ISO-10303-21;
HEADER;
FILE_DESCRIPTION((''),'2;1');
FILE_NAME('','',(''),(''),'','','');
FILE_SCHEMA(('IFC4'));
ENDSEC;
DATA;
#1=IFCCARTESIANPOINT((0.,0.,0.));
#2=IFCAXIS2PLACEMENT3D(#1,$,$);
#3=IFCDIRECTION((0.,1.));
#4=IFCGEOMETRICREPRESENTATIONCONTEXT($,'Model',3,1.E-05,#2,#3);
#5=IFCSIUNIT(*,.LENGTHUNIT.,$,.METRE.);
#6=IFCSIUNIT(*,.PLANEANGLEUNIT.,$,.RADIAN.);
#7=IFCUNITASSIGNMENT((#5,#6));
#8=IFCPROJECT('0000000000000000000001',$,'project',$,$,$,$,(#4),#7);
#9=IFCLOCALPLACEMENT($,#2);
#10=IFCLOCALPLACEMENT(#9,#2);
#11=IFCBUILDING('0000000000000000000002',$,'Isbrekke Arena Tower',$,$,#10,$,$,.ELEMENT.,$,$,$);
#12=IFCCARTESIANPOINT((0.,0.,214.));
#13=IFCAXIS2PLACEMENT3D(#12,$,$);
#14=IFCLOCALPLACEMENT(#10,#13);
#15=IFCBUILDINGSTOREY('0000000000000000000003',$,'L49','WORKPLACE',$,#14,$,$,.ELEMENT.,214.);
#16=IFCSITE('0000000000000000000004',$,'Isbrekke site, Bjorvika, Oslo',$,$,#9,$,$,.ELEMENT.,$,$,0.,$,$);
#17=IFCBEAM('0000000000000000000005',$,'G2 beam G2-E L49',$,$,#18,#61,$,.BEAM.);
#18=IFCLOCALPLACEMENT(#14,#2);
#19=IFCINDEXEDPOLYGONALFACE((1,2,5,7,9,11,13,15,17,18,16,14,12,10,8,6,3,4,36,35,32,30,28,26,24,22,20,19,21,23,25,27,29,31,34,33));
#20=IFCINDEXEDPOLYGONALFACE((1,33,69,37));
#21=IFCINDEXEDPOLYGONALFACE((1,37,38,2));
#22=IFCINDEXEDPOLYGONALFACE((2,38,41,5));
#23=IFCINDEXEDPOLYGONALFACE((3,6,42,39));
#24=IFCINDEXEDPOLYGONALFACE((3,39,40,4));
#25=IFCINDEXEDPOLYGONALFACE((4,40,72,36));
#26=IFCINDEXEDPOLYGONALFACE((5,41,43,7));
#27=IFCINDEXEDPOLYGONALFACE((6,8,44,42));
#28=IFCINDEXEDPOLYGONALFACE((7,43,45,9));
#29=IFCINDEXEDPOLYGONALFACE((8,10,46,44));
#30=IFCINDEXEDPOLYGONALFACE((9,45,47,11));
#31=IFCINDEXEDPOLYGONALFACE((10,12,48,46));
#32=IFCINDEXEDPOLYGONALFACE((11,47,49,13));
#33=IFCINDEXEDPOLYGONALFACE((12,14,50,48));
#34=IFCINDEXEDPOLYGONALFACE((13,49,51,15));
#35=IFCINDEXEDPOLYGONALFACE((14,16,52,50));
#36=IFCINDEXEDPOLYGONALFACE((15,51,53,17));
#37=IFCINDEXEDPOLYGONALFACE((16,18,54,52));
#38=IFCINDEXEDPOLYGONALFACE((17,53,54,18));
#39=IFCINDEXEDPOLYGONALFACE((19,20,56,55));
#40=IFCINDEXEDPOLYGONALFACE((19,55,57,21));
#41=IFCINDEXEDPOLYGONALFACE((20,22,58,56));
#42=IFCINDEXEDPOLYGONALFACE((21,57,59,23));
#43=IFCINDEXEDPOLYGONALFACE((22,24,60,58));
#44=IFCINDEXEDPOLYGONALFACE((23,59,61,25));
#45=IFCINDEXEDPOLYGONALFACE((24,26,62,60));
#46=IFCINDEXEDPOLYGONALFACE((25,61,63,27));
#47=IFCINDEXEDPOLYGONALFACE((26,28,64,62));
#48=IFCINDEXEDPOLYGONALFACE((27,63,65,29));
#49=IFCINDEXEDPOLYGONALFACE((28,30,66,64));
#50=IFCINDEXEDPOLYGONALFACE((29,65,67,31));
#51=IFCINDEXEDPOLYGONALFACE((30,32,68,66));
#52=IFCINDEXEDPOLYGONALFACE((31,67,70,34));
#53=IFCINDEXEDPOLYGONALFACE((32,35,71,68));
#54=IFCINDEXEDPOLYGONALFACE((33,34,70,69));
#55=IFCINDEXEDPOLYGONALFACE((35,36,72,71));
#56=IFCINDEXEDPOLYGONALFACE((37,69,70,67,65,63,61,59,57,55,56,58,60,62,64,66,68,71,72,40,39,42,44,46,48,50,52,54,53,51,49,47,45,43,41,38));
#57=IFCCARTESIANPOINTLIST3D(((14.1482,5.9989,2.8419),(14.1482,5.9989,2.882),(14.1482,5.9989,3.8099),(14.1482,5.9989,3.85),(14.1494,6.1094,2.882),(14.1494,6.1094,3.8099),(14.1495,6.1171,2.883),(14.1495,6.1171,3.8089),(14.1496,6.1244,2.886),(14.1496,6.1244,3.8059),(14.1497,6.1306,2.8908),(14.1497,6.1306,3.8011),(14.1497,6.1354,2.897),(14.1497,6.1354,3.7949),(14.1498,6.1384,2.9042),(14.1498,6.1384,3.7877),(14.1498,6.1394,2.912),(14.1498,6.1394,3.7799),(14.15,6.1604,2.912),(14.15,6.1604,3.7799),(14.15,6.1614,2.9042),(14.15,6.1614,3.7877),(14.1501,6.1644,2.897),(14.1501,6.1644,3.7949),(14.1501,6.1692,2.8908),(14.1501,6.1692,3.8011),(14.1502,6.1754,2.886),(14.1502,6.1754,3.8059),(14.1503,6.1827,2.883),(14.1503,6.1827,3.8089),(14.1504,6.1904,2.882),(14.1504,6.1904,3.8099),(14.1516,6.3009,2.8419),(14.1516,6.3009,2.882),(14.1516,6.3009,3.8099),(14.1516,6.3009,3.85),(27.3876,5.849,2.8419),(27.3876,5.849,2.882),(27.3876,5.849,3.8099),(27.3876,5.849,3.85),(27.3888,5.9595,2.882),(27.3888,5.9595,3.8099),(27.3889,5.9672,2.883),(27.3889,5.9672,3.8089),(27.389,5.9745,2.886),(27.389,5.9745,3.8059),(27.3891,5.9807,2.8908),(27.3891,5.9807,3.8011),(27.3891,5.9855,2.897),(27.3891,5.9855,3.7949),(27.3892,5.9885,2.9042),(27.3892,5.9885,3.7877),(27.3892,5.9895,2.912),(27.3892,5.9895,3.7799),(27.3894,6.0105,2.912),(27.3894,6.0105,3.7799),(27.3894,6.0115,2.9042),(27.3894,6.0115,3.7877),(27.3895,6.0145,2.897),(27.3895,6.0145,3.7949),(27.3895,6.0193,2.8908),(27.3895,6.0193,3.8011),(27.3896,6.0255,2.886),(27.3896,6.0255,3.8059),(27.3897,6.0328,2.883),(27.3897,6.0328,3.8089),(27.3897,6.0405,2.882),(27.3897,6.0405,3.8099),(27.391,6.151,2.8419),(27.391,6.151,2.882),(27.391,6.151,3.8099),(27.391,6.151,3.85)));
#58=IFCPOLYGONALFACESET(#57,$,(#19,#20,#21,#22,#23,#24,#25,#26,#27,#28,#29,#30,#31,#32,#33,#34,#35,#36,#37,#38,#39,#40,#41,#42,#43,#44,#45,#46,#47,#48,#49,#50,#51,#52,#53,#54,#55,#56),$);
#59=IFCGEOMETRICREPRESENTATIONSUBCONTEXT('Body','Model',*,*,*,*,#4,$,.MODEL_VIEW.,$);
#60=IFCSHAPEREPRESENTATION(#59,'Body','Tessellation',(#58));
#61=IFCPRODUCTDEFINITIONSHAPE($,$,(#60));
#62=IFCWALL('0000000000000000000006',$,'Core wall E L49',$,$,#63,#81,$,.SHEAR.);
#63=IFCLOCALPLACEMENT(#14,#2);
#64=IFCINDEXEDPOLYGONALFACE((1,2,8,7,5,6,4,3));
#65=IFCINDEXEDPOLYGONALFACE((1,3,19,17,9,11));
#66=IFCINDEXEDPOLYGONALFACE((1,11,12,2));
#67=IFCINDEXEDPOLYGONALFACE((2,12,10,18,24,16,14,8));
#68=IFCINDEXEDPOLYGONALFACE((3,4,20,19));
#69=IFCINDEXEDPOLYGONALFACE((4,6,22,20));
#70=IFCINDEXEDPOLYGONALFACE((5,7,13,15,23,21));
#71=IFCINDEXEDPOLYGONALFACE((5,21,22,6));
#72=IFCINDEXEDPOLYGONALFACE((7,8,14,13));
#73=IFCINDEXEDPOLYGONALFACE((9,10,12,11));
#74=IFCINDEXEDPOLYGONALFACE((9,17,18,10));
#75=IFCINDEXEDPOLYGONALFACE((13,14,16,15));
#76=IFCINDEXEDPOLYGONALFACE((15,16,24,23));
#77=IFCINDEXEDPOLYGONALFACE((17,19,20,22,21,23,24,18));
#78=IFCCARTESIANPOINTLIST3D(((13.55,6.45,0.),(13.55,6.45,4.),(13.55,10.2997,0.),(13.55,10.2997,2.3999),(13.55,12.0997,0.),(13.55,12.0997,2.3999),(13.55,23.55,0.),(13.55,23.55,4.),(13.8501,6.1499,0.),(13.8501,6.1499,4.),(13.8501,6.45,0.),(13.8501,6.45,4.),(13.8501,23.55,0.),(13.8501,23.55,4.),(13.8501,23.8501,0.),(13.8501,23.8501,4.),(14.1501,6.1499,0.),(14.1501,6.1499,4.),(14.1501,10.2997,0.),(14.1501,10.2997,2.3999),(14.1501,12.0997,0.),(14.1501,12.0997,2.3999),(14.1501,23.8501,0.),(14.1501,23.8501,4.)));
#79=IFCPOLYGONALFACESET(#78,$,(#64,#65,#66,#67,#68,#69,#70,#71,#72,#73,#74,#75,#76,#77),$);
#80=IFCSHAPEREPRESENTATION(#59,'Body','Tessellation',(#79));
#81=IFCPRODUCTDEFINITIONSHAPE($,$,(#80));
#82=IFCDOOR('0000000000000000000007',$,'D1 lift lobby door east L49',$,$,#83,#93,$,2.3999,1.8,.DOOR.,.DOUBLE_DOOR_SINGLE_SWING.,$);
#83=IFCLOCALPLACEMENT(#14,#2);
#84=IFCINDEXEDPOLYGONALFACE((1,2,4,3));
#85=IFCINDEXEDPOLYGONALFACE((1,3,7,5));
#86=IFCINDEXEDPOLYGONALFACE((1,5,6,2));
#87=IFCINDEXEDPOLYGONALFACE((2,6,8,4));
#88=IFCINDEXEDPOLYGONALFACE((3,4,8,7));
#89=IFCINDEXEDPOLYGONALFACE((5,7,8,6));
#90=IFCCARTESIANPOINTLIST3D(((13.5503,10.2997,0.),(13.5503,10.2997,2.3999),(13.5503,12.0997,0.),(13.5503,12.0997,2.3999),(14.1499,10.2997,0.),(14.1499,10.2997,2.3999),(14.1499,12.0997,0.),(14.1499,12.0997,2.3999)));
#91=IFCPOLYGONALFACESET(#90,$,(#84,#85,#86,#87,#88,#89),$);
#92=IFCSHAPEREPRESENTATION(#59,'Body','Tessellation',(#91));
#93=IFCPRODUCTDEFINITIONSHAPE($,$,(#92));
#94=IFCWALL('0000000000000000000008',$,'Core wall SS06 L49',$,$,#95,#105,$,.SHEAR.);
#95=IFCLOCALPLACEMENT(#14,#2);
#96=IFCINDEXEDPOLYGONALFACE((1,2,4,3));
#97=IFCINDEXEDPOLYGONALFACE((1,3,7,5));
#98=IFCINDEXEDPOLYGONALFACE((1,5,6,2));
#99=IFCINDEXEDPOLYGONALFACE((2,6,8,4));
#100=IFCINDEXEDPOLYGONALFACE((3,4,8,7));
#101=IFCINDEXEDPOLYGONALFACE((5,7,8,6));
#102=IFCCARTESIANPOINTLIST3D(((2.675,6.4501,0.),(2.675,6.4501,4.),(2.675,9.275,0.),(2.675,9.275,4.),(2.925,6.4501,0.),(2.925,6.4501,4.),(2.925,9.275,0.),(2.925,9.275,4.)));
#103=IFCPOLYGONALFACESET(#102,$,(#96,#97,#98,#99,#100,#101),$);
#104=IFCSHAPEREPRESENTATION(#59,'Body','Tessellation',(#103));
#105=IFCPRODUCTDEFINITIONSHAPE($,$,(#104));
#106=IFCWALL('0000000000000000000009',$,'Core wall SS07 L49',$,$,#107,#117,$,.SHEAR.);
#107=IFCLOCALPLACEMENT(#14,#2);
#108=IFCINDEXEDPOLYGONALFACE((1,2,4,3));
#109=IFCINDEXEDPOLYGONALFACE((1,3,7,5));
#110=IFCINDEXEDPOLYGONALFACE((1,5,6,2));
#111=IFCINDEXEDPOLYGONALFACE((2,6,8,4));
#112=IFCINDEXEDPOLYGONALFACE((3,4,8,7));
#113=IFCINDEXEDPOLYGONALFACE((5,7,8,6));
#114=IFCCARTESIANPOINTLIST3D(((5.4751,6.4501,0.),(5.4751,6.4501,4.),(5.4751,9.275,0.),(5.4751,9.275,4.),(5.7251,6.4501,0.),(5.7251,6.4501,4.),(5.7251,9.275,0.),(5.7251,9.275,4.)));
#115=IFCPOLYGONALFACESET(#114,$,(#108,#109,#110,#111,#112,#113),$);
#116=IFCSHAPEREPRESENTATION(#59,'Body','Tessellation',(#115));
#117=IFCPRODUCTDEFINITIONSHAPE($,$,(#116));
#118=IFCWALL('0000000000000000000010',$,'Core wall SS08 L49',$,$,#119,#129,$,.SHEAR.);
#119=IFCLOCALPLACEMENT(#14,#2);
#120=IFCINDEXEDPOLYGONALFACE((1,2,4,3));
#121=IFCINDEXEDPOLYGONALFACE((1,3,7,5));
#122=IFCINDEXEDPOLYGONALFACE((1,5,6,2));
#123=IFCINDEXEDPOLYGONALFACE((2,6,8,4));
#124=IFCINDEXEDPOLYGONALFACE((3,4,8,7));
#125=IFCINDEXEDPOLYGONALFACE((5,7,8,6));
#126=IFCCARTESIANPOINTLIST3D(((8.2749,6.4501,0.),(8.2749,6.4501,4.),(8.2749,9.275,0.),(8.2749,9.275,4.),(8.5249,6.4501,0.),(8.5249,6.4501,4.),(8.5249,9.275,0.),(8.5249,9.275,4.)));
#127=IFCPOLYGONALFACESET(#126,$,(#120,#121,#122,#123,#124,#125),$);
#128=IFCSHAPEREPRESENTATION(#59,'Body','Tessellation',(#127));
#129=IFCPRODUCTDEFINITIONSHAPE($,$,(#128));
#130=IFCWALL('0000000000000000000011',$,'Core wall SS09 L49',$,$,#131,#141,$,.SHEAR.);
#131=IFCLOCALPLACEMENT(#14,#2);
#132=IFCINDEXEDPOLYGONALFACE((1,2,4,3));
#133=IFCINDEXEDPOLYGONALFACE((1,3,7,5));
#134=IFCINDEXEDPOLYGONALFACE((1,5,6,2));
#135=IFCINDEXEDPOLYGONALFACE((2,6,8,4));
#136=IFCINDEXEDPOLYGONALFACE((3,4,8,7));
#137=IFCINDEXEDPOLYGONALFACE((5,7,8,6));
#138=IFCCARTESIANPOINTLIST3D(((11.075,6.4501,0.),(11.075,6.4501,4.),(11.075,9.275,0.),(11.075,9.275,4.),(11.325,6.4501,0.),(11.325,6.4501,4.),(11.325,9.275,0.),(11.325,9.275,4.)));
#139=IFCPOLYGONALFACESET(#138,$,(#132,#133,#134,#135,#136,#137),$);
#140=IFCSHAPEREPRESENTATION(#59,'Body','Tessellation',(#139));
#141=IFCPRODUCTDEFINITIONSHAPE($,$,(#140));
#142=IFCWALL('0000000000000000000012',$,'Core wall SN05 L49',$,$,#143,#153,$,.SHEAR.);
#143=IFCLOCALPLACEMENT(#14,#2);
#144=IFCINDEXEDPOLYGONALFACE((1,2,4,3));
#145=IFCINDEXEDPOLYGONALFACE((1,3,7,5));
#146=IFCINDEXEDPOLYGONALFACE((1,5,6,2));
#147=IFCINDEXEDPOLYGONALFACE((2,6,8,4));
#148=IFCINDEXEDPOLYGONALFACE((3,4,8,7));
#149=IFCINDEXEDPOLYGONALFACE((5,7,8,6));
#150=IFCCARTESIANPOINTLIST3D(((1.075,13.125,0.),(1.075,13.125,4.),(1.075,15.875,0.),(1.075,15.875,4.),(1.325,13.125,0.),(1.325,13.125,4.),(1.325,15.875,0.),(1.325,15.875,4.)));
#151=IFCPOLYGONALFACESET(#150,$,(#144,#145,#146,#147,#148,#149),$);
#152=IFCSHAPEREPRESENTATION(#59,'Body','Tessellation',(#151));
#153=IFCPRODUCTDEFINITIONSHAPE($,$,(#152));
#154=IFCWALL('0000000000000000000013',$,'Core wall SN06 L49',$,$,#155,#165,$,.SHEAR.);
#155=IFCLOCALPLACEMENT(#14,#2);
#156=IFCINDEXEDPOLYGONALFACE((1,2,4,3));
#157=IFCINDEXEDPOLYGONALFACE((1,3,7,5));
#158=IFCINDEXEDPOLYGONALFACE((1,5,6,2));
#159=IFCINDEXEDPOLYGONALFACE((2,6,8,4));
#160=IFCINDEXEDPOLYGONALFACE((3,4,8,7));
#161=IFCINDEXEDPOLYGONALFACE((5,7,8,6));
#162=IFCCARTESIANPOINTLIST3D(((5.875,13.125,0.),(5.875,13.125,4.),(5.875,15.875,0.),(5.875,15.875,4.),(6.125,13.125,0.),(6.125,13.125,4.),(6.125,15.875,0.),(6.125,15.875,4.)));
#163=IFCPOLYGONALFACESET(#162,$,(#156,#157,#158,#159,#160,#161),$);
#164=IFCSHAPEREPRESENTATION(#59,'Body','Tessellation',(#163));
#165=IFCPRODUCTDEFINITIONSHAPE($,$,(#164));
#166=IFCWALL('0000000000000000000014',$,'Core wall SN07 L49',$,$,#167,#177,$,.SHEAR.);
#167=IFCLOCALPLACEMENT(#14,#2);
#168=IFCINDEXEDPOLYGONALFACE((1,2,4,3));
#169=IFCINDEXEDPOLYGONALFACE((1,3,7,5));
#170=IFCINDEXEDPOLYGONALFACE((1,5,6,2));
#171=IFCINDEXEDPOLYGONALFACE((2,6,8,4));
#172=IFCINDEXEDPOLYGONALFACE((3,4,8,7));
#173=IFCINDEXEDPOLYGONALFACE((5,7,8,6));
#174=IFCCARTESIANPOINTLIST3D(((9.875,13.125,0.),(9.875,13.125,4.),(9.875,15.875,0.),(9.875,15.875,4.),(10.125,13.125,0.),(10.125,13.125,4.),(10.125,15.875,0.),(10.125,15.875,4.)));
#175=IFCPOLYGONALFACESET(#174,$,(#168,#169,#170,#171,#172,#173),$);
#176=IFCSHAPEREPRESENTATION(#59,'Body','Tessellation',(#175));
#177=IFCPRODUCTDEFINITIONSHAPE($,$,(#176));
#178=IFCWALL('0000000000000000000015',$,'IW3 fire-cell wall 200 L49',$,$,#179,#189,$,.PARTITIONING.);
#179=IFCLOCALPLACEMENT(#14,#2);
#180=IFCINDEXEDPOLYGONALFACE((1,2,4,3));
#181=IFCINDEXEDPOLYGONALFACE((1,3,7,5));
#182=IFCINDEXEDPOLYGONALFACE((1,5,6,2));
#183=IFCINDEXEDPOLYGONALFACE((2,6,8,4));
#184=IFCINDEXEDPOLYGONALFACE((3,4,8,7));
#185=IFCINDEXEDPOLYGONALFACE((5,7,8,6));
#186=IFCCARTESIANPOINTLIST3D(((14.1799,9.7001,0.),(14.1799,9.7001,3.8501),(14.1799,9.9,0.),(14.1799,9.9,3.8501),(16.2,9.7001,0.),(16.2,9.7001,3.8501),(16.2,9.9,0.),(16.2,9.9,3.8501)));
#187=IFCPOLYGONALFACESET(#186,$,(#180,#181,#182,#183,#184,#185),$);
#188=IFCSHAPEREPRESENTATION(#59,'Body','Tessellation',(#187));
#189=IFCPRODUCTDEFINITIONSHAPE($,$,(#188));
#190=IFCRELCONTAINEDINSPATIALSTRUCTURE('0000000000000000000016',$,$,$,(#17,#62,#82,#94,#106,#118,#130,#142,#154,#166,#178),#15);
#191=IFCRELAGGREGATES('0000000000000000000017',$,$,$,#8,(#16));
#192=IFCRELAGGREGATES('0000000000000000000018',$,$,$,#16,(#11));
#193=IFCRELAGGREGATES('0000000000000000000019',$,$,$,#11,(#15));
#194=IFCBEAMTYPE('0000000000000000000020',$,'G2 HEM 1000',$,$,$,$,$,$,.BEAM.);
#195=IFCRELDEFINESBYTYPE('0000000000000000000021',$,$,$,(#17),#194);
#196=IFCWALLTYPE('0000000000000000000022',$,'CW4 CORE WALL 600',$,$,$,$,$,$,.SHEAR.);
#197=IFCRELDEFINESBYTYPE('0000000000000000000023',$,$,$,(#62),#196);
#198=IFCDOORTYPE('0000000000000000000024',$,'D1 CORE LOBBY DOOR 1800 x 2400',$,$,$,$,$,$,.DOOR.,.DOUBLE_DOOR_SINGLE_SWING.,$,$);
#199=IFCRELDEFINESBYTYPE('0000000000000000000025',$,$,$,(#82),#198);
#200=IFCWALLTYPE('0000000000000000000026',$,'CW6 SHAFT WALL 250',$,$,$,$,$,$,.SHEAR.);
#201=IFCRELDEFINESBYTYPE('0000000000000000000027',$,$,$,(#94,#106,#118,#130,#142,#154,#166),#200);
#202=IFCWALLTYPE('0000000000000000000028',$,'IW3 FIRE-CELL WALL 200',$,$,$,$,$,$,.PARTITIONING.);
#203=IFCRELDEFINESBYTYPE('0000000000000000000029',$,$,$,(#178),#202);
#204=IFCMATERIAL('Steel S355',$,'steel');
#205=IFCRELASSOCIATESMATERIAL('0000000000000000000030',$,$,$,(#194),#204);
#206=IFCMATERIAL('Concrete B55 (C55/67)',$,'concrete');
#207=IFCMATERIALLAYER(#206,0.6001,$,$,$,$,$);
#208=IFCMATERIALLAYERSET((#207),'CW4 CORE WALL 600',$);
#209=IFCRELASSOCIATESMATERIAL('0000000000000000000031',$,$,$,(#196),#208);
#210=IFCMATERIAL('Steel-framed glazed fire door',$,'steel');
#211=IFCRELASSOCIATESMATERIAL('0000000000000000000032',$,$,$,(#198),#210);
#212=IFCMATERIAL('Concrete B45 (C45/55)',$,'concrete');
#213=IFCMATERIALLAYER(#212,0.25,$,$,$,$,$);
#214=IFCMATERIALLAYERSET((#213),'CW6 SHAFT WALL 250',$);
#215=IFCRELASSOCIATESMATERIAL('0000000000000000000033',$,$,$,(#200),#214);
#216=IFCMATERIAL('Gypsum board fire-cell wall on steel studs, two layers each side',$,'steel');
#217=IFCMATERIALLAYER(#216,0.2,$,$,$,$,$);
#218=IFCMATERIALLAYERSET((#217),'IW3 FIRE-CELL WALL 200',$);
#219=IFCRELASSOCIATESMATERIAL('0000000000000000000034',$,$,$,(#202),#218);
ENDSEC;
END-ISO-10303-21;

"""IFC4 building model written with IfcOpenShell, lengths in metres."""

from ifc_helpers import new_model, si_unit, direction, frame, frame_2d, origin, origin_2d, place, context, subcontext, project, spatial, polyline, rectangle, i_section, outline, extrude, material, layer, layer_set, material_profile, profile_set, type_object, element, fill, save


model = new_model("IFC4")

# Units and contexts
model_context = context("Model", 3, precision=1e-05, world=origin(), true_north=direction((0.0, 1.0)))
body_context = subcontext(model_context, "Body", "Model", "MODEL_VIEW")
ifc_project = project(units=[si_unit("LENGTHUNIT", "METRE"), si_unit("PLANEANGLEUNIT", "RADIAN")], contexts=[model_context])

# Site, building, storey
site_placement = place(None, origin())
site = spatial("IfcSite", under=ifc_project, at=site_placement, Name="Isbrekke site, Bjorvika, Oslo", CompositionType="ELEMENT", RefElevation=0.0)
building_placement = place(site_placement, origin())
building = spatial("IfcBuilding", under=site, at=building_placement, Name="Isbrekke Arena Tower", CompositionType="ELEMENT")
storey_placement = place(building_placement, frame((0.0, 0.0, 214.0)))
storey = spatial("IfcBuildingStorey", under=building, at=storey_placement, Name="L49", Description="WORKPLACE", CompositionType="ELEMENT", Elevation=214.0)

# Beam
ifc_material_1 = material(Name="Steel S355", Category="steel")
ifc_material_profile = material_profile(ifc_material_1, i_section(OverallWidth=0.302, OverallDepth=1.0081, WebThickness=0.021, FlangeThickness=0.04, FilletRadius=0.03, at=origin_2d()), Name="HEM 1000")
ifc_profile_set = profile_set([ifc_material_profile], Name="Steel S355")
beam_type = type_object("IfcBeamType", Name="G2 HEM 1000", PredefinedType="BEAM", material=ifc_profile_set)
beam_placement = place(storey_placement, frame((14.1499, 6.1499, 3.3459), z_axis=(0.999936, -0.011322, 0.0), x_axis=(0.011322, 0.999936, 0.0)))
element("IfcBeam", 1, at=beam_placement, inside=storey, type_object=beam_type, Name="G2 beam G2-E L49", PredefinedType="BEAM", context=body_context, shape_type="SweptSolid", body=[
    extrude(i_section(OverallWidth=0.302, OverallDepth=1.0081, WebThickness=0.021, FlangeThickness=0.04, FilletRadius=0.03, at=origin_2d()), origin(), (0.0, 0.0, 1.0), 13.2402),
])

# Wall, opening, door
ifc_material_2 = material(Name="Concrete B55 (C55/67)", Category="concrete")
ifc_layer_1 = layer(ifc_material_2, 0.6001)
ifc_layer_set_1 = layer_set([ifc_layer_1], Name="CW4 CORE WALL 600")
wall_type_1 = type_object("IfcWallType", Name="CW4 CORE WALL 600", PredefinedType="SHEAR", material=ifc_layer_set_1)
wall_1_placement = place(storey_placement, frame((13.8501, 6.1499, 0.0), z_axis=(0.0, 0.0, 1.0), x_axis=(0.0, 1.0, 0.0)))
wall_1 = element("IfcWall", 2, at=wall_1_placement, inside=storey, type_object=wall_type_1, Name="Core wall E L49", PredefinedType="SHEAR", context=body_context, shape_type="SweptSolid", body=[
    extrude(outline(polyline([(0.0, -0.3), (17.7002, -0.3), (17.7002, 0.0), (17.4001, 0.0), (17.4001, 0.3), (0.3, 0.3), (0.3, 0.0), (0.0, 0.0), (0.0, -0.3)])), origin(), (0.0, 0.0, 1.0), 4.0),
])
opening_1_placement = place(wall_1_placement, frame((4.1499, 0.0, 0.0)))
opening_1 = element("IfcOpeningElement", 3, at=opening_1_placement, cuts=wall_1, PredefinedType="OPENING", context=body_context, shape_type="SweptSolid", body=[
    extrude(rectangle(XDim=1.8, YDim=2.3999, at=frame_2d((0.8999, 1.2))), frame((0.0, 0.3149, 0.0), z_axis=(0.0, -1.0, 0.0), x_axis=(1.0, 0.0, 0.0)), (0.0, 0.0, 1.0), 0.6299),
])
ifc_material_3 = material(Name="Steel-framed glazed fire door", Category="steel")
door_type_1 = type_object("IfcDoorType", Name="D1 CORE LOBBY DOOR 1800 x 2400", OperationType="DOUBLE_DOOR_SINGLE_SWING", PredefinedType="DOOR", material=ifc_material_3)
door_1_placement = place(opening_1_placement, origin())
door_1 = element("IfcDoor", 4, at=door_1_placement, inside=storey, type_object=door_type_1, Name="D1 lift lobby door east L49", OperationType="DOUBLE_DOOR_SINGLE_SWING", OverallHeight=2.3999, OverallWidth=1.8, PredefinedType="DOOR", context=body_context, shape_type="SweptSolid", body=[
    extrude(rectangle(XDim=1.8, YDim=2.3999, at=frame_2d((0.8999, 1.2))), frame((0.0, 0.2998, 0.0), z_axis=(0.0, -1.0, 0.0), x_axis=(1.0, 0.0, 0.0)), (0.0, 0.0, 1.0), 0.5996),
])
fill(opening_1, door_1)

# Walls
ifc_material_4 = material(Name="Concrete B45 (C45/55)", Category="concrete")
ifc_layer_2 = layer(ifc_material_4, 0.25)
ifc_layer_set_2 = layer_set([ifc_layer_2], Name="CW6 SHAFT WALL 250")
wall_type_2 = type_object("IfcWallType", Name="CW6 SHAFT WALL 250", PredefinedType="SHEAR", material=ifc_layer_set_2)
for number, where, z_axis, x_axis, name in (
    (5, (2.8, 6.45, 0.0), (0.0, 0.0, 1.0), (0.0, 1.0, 0.0), "Core wall SS06 L49"),
    (6, (5.6001, 6.45, 0.0), (0.0, 0.0, 1.0), (0.0, 1.0, 0.0), "Core wall SS07 L49"),
    (7, (8.3999, 6.45, 0.0), (0.0, 0.0, 1.0), (0.0, 1.0, 0.0), "Core wall SS08 L49"),
    (8, (11.2, 6.45, 0.0), (0.0, 0.0, 1.0), (0.0, 1.0, 0.0), "Core wall SS09 L49"),
):
    element("IfcWall", number, at=place(storey_placement, frame(where, z_axis=z_axis, x_axis=x_axis)), inside=storey, type_object=wall_type_2, Name=name, PredefinedType="SHEAR", context=body_context, shape_type="SweptSolid", body=[
        extrude(rectangle(XDim=2.825, YDim=0.25, at=frame_2d((1.4126, 0.0))), origin(), (0.0, 0.0, 1.0), 4.0),
    ])
for number, where, z_axis, x_axis, name in (
    (9, (1.2, 13.125, 0.0), (0.0, 0.0, 1.0), (0.0, 1.0, 0.0), "Core wall SN05 L49"),
    (10, (6.0, 13.125, 0.0), (0.0, 0.0, 1.0), (0.0, 1.0, 0.0), "Core wall SN06 L49"),
    (11, (10.0, 13.125, 0.0), (0.0, 0.0, 1.0), (0.0, 1.0, 0.0), "Core wall SN07 L49"),
):
    element("IfcWall", number, at=place(storey_placement, frame(where, z_axis=z_axis, x_axis=x_axis)), inside=storey, type_object=wall_type_2, Name=name, PredefinedType="SHEAR", context=body_context, shape_type="SweptSolid", body=[
        extrude(rectangle(XDim=2.75, YDim=0.25, at=frame_2d((1.375, 0.0))), origin(), (0.0, 0.0, 1.0), 4.0),
    ])
ifc_material_5 = material(Name="Gypsum board fire-cell wall on steel studs, two layers each side", Category="steel")
ifc_layer_3 = layer(ifc_material_5, 0.2)
ifc_layer_set_3 = layer_set([ifc_layer_3], Name="IW3 FIRE-CELL WALL 200")
wall_type_3 = type_object("IfcWallType", Name="IW3 FIRE-CELL WALL 200", PredefinedType="PARTITIONING", material=ifc_layer_set_3)
wall_2_placement = place(storey_placement, frame((14.1799, 9.8, 0.0), z_axis=(0.0, 0.0, 1.0), x_axis=(1.0, 0.0, 0.0)))
element("IfcWall", 12, at=wall_2_placement, inside=storey, type_object=wall_type_3, Name="IW3 fire-cell wall 200 L49", PredefinedType="PARTITIONING", context=body_context, shape_type="SweptSolid", body=[
    extrude(rectangle(XDim=2.02, YDim=0.2, at=frame_2d((1.01, 0.0))), origin(), (0.0, 0.0, 1.0), 3.8501),
])

save(model, "model.ifc")
